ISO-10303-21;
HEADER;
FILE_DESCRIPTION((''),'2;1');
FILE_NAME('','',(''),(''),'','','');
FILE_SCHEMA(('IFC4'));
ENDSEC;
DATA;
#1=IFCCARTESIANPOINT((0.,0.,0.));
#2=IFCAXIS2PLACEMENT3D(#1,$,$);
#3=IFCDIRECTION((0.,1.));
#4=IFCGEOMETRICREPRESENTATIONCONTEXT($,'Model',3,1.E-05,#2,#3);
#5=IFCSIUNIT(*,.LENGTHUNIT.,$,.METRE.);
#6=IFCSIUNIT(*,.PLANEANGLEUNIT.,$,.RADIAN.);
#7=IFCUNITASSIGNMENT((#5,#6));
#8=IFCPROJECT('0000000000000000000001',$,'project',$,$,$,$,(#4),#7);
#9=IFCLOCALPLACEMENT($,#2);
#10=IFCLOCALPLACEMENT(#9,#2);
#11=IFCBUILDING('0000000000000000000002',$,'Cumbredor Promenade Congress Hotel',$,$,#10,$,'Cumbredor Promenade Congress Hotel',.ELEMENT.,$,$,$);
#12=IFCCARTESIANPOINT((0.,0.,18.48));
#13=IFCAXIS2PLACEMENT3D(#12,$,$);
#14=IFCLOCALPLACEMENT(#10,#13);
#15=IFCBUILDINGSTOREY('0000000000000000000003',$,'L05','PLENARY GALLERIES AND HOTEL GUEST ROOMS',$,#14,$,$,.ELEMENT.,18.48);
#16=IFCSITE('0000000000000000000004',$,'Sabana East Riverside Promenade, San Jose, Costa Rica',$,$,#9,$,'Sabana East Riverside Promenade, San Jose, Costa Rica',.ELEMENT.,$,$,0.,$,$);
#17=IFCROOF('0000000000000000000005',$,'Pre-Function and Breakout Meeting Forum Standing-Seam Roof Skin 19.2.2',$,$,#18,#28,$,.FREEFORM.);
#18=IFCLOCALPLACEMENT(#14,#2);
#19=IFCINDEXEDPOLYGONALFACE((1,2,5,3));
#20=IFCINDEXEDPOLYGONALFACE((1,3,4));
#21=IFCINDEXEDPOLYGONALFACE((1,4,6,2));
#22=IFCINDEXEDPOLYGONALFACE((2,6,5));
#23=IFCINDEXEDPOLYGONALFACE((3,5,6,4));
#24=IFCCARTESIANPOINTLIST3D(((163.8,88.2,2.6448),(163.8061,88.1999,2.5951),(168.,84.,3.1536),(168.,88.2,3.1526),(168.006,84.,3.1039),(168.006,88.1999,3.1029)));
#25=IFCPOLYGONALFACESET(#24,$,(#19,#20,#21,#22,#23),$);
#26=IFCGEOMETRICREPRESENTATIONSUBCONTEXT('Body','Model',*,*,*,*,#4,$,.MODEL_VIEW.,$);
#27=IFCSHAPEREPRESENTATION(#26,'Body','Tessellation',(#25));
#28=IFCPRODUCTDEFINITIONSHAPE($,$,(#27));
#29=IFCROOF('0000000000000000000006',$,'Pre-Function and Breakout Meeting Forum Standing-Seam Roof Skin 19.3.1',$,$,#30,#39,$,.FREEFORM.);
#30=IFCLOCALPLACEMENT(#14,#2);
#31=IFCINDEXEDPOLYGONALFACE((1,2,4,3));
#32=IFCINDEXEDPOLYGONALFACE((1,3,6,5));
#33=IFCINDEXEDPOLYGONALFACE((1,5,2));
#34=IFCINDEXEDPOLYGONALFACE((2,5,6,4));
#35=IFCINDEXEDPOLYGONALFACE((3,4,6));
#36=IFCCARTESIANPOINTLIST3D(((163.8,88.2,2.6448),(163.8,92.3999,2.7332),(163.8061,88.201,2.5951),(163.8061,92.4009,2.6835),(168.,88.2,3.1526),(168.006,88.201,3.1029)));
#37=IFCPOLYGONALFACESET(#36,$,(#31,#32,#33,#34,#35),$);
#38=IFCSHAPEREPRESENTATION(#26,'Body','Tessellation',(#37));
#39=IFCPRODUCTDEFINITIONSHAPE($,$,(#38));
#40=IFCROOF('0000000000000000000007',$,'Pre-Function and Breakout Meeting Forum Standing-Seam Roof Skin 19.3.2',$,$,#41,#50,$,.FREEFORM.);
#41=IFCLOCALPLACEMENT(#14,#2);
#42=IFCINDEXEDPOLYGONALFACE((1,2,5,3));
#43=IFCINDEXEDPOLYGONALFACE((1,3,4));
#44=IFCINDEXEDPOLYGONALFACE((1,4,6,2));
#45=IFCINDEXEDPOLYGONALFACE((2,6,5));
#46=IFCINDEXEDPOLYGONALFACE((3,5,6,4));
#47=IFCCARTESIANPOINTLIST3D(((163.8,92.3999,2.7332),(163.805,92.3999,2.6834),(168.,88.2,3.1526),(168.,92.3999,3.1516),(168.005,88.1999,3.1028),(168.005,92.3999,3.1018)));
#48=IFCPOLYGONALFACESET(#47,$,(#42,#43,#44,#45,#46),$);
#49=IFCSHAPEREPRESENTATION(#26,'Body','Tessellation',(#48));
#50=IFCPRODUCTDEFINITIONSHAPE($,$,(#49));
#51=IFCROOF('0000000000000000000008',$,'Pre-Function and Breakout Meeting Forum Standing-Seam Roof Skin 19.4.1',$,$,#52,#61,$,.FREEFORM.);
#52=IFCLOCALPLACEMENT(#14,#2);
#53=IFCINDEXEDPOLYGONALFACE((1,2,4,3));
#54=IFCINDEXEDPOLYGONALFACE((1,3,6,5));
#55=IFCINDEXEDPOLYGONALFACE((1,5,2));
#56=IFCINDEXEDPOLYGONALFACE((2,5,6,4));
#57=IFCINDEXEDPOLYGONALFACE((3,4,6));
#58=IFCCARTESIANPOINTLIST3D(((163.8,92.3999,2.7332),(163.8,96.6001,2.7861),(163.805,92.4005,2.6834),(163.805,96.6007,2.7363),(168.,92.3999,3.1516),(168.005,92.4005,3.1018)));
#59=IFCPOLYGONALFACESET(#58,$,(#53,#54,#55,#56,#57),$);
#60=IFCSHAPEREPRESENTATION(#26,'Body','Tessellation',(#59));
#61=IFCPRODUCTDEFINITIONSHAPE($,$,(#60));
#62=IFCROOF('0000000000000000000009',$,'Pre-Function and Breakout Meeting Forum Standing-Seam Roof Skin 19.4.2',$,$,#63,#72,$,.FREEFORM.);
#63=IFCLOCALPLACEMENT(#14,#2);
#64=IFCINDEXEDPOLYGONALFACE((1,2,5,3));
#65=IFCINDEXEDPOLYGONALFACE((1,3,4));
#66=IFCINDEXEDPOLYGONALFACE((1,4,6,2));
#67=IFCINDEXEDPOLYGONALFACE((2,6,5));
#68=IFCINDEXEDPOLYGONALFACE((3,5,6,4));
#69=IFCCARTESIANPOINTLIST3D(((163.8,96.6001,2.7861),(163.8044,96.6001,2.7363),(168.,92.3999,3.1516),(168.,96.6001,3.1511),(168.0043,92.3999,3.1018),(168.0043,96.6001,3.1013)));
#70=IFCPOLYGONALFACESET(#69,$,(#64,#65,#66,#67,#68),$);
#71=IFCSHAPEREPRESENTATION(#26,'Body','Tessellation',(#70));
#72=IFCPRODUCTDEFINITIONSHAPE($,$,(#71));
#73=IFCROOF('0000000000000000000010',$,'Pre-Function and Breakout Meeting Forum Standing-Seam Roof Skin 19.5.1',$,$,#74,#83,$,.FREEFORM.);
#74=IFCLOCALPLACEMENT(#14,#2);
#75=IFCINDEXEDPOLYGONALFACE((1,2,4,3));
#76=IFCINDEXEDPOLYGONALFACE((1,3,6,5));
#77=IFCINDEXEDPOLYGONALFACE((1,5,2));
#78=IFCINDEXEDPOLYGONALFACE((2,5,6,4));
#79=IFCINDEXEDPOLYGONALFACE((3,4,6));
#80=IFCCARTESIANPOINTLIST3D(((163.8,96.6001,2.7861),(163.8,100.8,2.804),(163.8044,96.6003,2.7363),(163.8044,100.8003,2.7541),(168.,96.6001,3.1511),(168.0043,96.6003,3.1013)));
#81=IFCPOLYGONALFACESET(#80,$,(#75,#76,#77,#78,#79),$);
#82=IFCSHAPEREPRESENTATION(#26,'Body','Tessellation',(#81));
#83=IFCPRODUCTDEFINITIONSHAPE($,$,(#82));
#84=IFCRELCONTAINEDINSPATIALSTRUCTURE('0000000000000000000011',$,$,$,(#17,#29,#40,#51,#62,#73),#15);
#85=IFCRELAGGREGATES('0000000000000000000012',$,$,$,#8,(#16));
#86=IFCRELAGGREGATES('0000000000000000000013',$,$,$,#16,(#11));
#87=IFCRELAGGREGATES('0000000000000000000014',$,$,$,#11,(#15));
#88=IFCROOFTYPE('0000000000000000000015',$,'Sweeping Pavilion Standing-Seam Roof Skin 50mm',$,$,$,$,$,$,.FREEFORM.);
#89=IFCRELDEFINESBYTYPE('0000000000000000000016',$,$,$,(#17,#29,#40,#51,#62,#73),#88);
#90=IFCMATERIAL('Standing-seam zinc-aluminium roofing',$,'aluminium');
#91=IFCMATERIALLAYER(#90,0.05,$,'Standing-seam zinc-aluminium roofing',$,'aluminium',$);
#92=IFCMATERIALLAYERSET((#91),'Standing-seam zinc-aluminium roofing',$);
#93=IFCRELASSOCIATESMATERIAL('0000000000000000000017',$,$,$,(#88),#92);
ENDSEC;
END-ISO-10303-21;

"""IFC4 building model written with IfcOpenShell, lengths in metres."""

from ifc_helpers import new_model, si_unit, direction, frame, origin, place, context, subcontext, project, spatial, polyline, outline, extrude, material, layer, layer_set, type_object, element, save


model = new_model("IFC4")

# Units and contexts
model_context = context("Model", 3, precision=1e-05, world=origin(), true_north=direction((0.0, 1.0)))
body_context = subcontext(model_context, "Body", "Model", "MODEL_VIEW")
ifc_project = project(units=[si_unit("LENGTHUNIT", "METRE"), si_unit("PLANEANGLEUNIT", "RADIAN")], contexts=[model_context])

# Site, building, storey
site_placement = place(None, origin())
site = spatial("IfcSite", under=ifc_project, at=site_placement, Name="Sabana East Riverside Promenade, San Jose, Costa Rica", LongName="Sabana East Riverside Promenade, San Jose, Costa Rica", CompositionType="ELEMENT", RefElevation=0.0)
building_placement = place(site_placement, origin())
building = spatial("IfcBuilding", under=site, at=building_placement, Name="Cumbredor Promenade Congress Hotel", LongName="Cumbredor Promenade Congress Hotel", CompositionType="ELEMENT")
storey_placement = place(building_placement, frame((0.0, 0.0, 18.48)))
storey = spatial("IfcBuildingStorey", under=building, at=storey_placement, Name="L05", Description="PLENARY GALLERIES AND HOTEL GUEST ROOMS", CompositionType="ELEMENT", Elevation=18.48)

# Roofs
ifc_material_1 = material(Name="Standing-seam zinc-aluminium roofing", Category="aluminium")
ifc_layer_1 = layer(ifc_material_1, 0.05, Name="Standing-seam zinc-aluminium roofing", Category="aluminium")
ifc_layer_set_1 = layer_set([ifc_layer_1], Name="Standing-seam zinc-aluminium roofing")
roof_type = type_object("IfcRoofType", Name="Sweeping Pavilion Standing-Seam Roof Skin 50mm", PredefinedType="FREEFORM", material=ifc_layer_set_1)
roof_1_placement = place(storey_placement, frame((168.0, 84.0, 3.1536), z_axis=(-0.120035, 0.000231, 0.99277), x_axis=(0.0, 1.0, -0.000233)))
element("IfcRoof", 1, at=roof_1_placement, inside=storey, type_object=roof_type, Name="Pre-Function and Breakout Meeting Forum Standing-Seam Roof Skin 19.2.2", PredefinedType="FREEFORM", context=body_context, shape_type="SweptSolid", body=[
    extrude(outline(polyline([(0.0, 0.0), (4.2, 0.0), (4.2001, 4.2305), (0.0, 0.0)])), origin(), (0.0, 0.0, -1.0), 0.05),
])
roof_2_placement = place(storey_placement, frame((163.8, 88.2, 2.6448), z_axis=(-0.120009, -0.020886, 0.992553), x_axis=(0.99277, 0.0, 0.120035)))
element("IfcRoof", 2, at=roof_2_placement, inside=storey, type_object=roof_type, Name="Pre-Function and Breakout Meeting Forum Standing-Seam Roof Skin 19.3.1", PredefinedType="FREEFORM", context=body_context, shape_type="SweptSolid", body=[
    extrude(outline(polyline([(0.0, 0.0), (4.2305, 0.0), (0.0106, 4.2009), (0.0, 0.0)])), origin(), (0.0, 0.0, -1.0), 0.05),
])
roof_3_placement = place(storey_placement, frame((168.0, 88.2, 3.1526), z_axis=(-0.099143, 0.000231, 0.995073), x_axis=(0.0, 1.0, -0.000233)))
element("IfcRoof", 3, at=roof_3_placement, inside=storey, type_object=roof_type, Name="Pre-Function and Breakout Meeting Forum Standing-Seam Roof Skin 19.3.2", PredefinedType="FREEFORM", context=body_context, shape_type="SweptSolid", body=[
    extrude(outline(polyline([(0.0, 0.0), (4.2, 0.0), (4.2, 4.2207), (0.0, 0.0)])), origin(), (0.0, 0.0, -1.0), 0.05),
])
roof_4_placement = place(storey_placement, frame((163.8, 92.3999, 2.7332), z_axis=(-0.099135, -0.01255, 0.994995), x_axis=(0.995073, 0.0, 0.099143)))
element("IfcRoof", 4, at=roof_4_placement, inside=storey, type_object=roof_type, Name="Pre-Function and Breakout Meeting Forum Standing-Seam Roof Skin 19.4.1", PredefinedType="FREEFORM", context=body_context, shape_type="SweptSolid", body=[
    extrude(outline(polyline([(0.0, 0.0), (4.2207, 0.0), (0.0053, 4.2005), (0.0, 0.0)])), origin(), (0.0, 0.0, -1.0), 0.05),
])
roof_5_placement = place(storey_placement, frame((168.0, 92.3999, 3.1516), z_axis=(-0.086577, 0.000116, 0.996245), x_axis=(0.0, 1.0, -0.000116)))
element("IfcRoof", 5, at=roof_5_placement, inside=storey, type_object=roof_type, Name="Pre-Function and Breakout Meeting Forum Standing-Seam Roof Skin 19.4.2", PredefinedType="FREEFORM", context=body_context, shape_type="SweptSolid", body=[
    extrude(outline(polyline([(0.0, 0.0), (4.2002, 0.0), (4.2002, 4.2158), (0.0, 0.0)])), origin(), (0.0, 0.0, -1.0), 0.05),
])
roof_6_placement = place(storey_placement, frame((163.8, 96.6001, 2.7861), z_axis=(-0.086576, -0.004227, 0.996236), x_axis=(0.996245, 0.0, 0.086577)))
element("IfcRoof", 6, at=roof_6_placement, inside=storey, type_object=roof_type, Name="Pre-Function and Breakout Meeting Forum Standing-Seam Roof Skin 19.5.1", PredefinedType="FREEFORM", context=body_context, shape_type="SweptSolid", body=[
    extrude(outline(polyline([(0.0, 0.0), (4.2158, 0.0), (0.0015, 4.2), (0.0, 0.0)])), origin(), (0.0, 0.0, -1.0), 0.05),
])

save(model, "model.ifc")
